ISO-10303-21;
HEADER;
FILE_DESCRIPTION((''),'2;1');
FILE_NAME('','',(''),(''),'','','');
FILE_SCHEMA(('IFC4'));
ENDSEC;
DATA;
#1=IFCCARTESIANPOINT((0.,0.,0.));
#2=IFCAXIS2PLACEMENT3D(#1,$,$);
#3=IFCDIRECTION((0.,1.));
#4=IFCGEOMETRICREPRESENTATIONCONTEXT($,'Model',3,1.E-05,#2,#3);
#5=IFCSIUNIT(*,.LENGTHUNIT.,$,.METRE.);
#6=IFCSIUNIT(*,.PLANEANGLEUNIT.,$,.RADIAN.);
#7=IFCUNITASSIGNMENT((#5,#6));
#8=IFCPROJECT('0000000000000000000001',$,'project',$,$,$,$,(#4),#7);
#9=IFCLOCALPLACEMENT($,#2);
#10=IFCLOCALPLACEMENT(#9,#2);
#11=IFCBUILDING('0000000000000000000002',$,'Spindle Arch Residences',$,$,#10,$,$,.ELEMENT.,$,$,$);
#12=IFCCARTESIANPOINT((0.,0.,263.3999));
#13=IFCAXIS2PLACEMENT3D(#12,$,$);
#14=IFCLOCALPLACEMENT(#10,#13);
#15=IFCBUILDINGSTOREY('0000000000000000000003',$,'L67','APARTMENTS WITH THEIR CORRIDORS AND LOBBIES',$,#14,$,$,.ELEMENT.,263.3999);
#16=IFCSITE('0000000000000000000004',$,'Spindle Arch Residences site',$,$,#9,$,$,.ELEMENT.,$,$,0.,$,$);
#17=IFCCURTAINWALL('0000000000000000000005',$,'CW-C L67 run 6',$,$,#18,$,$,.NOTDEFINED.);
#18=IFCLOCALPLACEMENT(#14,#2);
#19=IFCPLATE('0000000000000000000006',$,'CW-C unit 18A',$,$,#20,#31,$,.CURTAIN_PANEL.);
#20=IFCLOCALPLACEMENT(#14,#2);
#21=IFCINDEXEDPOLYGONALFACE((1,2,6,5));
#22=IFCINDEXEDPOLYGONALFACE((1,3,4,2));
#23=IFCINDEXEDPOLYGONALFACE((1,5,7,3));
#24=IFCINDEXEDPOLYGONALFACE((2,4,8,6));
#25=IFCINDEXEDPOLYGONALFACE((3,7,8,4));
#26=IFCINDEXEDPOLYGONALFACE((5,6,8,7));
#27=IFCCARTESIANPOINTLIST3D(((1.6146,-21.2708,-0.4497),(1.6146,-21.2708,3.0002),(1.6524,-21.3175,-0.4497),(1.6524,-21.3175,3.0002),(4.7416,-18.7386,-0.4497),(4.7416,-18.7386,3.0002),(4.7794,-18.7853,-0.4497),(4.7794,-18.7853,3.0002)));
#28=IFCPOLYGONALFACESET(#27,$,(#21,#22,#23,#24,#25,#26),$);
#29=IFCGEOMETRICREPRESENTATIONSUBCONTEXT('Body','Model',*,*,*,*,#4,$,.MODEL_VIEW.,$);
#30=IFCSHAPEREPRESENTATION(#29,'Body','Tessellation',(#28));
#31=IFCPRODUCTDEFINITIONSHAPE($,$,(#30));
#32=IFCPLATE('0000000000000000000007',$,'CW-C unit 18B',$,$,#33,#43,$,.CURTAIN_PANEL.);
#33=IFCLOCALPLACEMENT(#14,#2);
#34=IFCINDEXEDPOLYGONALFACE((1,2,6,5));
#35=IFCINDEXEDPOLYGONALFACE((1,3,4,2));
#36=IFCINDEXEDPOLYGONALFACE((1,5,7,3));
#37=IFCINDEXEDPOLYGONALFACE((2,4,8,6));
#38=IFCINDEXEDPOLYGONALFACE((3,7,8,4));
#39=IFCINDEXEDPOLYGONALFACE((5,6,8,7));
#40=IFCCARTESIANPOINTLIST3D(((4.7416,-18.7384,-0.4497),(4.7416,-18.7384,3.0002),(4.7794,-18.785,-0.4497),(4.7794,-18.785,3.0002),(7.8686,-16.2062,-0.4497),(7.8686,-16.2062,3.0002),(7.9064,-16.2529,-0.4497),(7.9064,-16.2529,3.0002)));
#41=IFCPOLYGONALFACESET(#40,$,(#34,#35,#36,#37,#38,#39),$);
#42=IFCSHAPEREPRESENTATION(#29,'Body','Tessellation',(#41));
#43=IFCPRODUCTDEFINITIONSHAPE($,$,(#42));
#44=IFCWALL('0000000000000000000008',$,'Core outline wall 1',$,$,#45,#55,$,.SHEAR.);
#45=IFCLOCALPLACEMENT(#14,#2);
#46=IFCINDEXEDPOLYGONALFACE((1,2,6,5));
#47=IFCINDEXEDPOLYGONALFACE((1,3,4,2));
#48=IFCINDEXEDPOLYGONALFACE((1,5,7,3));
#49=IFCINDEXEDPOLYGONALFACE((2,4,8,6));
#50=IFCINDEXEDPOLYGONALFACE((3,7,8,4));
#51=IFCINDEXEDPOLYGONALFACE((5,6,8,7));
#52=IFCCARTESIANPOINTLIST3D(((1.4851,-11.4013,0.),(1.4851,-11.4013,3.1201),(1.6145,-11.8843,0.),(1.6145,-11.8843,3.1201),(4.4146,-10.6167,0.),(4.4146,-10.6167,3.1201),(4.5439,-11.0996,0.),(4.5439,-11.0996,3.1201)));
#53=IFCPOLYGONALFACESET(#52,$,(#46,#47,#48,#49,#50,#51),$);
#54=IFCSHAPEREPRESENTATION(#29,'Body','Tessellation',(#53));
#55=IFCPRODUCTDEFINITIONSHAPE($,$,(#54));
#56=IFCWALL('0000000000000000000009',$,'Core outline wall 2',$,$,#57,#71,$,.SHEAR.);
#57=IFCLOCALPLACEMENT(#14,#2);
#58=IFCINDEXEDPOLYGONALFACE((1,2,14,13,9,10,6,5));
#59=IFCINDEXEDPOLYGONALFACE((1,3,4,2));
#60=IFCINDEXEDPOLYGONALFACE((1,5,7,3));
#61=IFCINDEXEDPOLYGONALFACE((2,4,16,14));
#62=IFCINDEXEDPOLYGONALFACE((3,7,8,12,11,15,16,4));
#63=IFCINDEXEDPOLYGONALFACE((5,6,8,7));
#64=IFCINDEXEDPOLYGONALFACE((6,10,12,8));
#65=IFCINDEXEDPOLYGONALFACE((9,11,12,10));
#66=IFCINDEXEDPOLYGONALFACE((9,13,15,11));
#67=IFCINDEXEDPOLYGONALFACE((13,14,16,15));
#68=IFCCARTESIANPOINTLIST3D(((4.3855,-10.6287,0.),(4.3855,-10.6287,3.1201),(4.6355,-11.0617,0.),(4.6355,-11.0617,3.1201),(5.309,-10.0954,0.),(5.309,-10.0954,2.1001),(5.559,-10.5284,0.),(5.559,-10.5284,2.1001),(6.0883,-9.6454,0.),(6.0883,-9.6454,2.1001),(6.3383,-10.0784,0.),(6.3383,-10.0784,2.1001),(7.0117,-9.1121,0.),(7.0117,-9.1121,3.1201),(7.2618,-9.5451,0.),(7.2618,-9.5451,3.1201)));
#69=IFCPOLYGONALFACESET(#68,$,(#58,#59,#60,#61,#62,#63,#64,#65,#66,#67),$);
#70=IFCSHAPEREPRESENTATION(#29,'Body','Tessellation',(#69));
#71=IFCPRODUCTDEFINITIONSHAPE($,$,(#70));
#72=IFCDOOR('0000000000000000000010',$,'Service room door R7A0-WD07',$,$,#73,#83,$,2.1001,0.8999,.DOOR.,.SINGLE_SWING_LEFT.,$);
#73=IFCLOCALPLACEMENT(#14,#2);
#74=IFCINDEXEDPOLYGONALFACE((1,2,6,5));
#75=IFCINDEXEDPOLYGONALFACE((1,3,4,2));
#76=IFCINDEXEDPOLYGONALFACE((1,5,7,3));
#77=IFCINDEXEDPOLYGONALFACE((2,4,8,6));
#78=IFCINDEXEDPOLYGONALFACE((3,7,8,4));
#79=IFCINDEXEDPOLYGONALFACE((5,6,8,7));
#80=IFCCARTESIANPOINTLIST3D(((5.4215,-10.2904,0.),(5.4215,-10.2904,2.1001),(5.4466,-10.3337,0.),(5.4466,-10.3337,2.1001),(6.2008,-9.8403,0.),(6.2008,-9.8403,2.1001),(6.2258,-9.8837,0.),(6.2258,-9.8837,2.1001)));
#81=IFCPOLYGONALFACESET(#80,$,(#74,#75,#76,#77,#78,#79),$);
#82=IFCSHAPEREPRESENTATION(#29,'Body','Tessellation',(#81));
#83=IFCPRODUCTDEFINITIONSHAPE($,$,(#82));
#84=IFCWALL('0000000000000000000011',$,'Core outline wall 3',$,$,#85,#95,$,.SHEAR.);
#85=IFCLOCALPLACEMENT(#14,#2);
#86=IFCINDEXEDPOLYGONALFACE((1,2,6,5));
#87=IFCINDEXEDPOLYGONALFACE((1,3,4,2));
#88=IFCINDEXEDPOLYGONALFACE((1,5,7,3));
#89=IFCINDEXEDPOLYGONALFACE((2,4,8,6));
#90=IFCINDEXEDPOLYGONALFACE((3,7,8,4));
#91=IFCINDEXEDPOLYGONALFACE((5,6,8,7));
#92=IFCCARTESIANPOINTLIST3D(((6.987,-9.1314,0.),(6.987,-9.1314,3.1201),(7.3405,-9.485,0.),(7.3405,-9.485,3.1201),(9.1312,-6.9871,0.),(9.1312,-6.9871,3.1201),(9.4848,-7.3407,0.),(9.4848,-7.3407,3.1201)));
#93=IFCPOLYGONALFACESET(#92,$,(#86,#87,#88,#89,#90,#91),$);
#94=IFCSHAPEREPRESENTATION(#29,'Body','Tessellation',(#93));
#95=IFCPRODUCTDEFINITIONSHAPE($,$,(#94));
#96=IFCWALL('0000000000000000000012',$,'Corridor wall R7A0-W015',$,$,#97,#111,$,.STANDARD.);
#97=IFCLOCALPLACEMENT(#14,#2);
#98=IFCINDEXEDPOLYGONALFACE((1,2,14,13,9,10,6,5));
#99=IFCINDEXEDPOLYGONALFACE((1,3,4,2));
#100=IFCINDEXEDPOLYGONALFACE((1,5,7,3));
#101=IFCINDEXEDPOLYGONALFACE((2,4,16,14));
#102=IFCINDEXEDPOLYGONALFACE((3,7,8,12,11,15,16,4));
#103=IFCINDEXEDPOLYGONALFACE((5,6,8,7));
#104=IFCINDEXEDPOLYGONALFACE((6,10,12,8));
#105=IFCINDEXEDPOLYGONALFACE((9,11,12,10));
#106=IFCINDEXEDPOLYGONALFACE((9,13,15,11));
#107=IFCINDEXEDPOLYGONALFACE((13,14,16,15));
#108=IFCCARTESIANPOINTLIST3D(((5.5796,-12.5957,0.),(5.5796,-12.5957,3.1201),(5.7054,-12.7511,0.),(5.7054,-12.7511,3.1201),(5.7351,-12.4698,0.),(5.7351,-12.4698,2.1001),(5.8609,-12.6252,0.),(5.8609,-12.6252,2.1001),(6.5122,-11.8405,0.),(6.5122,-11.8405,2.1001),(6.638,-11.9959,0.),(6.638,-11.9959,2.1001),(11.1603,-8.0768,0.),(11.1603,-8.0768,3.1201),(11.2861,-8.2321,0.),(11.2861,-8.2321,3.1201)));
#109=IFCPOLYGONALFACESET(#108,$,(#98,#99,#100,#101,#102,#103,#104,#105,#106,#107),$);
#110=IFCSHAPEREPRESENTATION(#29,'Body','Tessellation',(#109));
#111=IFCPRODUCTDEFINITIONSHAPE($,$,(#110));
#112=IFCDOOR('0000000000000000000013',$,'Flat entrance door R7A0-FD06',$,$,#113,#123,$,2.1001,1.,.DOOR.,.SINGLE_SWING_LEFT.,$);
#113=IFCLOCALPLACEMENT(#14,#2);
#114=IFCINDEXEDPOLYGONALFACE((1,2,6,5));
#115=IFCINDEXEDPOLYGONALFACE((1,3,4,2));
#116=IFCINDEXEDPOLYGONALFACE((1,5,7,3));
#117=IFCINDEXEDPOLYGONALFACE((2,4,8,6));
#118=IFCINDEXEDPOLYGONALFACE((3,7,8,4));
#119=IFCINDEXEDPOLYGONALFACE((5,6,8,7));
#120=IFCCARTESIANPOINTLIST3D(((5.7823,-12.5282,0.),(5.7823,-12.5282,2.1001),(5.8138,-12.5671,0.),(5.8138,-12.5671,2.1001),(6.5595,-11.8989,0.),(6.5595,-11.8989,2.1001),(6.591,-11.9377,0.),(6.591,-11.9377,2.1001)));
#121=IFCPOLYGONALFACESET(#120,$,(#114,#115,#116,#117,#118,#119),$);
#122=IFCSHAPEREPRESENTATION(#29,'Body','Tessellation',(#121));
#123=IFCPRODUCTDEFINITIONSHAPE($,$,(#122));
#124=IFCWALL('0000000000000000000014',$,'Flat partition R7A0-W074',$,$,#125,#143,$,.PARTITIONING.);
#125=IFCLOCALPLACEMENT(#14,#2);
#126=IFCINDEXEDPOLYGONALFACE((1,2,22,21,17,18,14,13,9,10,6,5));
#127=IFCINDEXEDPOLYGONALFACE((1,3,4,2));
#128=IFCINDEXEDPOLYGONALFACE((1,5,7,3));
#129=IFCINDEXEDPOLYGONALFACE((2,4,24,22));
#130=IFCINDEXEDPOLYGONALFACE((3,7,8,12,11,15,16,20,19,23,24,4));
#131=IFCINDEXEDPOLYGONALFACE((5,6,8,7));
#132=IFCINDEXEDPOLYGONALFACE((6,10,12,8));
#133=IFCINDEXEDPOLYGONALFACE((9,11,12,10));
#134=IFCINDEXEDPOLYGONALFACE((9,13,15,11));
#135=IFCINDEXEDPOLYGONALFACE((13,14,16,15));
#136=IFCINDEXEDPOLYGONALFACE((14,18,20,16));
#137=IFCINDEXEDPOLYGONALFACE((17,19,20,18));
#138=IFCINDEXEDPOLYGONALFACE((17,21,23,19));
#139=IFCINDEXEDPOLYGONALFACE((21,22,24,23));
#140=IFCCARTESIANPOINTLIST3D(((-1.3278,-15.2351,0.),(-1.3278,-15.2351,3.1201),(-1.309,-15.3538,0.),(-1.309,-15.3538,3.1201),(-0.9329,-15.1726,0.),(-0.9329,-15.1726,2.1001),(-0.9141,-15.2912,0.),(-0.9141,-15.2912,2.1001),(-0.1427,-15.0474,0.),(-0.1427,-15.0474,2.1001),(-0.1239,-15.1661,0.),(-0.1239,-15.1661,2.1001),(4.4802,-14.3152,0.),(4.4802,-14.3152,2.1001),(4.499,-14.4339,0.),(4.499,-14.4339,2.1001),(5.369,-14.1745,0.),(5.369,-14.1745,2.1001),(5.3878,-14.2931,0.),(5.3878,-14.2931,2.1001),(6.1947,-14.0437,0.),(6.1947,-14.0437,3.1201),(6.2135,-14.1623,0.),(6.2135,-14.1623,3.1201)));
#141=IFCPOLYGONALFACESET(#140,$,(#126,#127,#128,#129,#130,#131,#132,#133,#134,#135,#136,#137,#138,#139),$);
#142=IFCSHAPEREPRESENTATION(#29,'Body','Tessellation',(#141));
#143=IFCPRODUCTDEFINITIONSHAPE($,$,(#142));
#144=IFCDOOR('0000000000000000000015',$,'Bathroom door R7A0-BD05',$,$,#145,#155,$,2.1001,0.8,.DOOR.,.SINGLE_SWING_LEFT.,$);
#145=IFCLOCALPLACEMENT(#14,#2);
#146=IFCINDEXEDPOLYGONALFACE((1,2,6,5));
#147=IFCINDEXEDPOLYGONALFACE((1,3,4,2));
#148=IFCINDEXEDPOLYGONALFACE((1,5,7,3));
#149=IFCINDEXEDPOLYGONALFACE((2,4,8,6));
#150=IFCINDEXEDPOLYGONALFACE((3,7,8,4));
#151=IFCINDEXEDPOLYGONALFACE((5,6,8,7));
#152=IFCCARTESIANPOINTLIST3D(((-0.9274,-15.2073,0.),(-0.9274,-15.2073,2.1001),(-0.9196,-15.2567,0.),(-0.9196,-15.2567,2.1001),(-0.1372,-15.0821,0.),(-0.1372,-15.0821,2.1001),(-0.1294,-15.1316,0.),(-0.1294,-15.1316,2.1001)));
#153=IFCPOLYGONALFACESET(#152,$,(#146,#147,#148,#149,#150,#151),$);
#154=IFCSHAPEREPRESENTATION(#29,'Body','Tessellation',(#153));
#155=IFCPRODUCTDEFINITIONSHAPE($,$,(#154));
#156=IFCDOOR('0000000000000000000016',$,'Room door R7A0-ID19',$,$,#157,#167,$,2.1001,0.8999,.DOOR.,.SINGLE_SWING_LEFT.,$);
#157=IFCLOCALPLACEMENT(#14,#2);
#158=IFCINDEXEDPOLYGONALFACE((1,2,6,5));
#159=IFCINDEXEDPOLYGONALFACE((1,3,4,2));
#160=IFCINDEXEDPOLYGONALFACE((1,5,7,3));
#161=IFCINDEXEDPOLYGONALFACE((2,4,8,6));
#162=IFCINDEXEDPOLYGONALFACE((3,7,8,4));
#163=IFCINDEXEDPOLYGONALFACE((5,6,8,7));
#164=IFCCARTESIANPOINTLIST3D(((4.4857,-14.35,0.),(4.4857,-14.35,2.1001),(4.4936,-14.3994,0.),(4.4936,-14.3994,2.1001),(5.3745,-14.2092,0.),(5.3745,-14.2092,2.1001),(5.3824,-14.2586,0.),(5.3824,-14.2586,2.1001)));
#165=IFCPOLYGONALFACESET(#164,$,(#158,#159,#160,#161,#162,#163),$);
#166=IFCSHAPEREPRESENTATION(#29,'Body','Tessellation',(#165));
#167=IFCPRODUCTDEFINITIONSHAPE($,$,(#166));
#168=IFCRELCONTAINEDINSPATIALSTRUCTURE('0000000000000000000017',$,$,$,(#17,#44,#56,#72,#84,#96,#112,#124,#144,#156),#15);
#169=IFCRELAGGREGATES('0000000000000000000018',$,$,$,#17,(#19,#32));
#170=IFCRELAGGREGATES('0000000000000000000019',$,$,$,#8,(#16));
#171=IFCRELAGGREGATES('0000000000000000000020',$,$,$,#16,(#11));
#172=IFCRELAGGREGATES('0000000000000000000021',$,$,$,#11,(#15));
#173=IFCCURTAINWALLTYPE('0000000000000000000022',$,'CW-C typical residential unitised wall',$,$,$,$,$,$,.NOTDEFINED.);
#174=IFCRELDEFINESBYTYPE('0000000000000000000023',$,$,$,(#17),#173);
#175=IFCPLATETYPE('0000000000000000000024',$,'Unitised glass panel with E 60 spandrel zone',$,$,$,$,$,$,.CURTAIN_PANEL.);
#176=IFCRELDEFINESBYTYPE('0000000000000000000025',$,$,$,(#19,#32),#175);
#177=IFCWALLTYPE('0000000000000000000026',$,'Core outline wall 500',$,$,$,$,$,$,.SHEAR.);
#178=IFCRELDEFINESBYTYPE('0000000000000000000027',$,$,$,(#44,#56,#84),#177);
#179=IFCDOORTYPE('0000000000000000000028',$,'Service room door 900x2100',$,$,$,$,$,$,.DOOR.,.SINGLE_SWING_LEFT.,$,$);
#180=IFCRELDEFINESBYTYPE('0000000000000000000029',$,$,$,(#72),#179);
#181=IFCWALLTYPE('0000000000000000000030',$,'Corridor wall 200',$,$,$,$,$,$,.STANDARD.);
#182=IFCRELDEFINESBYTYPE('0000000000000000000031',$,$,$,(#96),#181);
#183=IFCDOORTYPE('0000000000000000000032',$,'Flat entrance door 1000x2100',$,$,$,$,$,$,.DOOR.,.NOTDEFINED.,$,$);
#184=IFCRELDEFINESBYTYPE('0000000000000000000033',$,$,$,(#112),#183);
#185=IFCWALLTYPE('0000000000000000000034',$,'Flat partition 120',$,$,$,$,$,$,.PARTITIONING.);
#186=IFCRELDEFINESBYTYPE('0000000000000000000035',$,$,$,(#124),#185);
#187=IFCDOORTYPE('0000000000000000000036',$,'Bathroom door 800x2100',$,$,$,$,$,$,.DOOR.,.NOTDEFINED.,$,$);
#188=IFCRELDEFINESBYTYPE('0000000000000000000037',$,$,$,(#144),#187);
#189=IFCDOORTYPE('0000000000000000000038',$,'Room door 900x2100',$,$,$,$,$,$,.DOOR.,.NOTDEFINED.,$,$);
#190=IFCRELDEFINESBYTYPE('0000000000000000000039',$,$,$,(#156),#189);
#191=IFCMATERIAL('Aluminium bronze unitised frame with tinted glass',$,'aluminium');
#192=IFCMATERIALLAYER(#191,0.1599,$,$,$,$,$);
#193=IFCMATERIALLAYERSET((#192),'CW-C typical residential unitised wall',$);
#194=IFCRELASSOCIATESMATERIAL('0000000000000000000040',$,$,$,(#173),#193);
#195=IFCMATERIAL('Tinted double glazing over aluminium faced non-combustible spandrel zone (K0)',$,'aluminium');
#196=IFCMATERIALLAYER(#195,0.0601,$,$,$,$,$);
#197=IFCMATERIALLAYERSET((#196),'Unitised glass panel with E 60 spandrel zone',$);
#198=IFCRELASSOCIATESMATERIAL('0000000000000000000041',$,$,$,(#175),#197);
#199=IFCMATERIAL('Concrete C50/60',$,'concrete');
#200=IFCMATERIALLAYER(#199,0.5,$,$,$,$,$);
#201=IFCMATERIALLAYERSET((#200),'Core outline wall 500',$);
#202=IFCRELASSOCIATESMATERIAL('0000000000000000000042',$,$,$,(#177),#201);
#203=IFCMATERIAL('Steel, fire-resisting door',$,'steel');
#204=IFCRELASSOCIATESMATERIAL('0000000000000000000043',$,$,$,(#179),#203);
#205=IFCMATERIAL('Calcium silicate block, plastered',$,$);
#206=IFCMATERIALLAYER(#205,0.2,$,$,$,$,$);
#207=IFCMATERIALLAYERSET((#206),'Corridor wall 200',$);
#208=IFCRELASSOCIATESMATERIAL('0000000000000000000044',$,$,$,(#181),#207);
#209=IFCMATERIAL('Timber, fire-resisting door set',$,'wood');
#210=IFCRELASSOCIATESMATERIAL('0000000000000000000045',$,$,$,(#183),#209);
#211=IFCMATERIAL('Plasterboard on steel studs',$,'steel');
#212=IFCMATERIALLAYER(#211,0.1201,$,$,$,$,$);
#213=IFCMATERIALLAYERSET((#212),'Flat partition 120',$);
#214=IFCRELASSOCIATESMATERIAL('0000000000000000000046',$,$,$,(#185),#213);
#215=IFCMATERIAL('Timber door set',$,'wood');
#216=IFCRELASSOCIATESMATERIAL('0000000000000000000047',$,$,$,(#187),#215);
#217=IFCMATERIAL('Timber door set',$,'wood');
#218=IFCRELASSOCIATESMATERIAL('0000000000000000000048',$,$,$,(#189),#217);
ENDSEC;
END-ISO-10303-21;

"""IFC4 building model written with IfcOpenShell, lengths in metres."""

from ifc_helpers import new_model, si_unit, direction, frame, frame_2d, origin, origin_2d, place, context, subcontext, project, spatial, rectangle, extrude, material, layer, layer_set, type_object, element, fill, aggregate, save


model = new_model("IFC4")

# Units and contexts
model_context = context("Model", 3, precision=1e-05, world=origin(), true_north=direction((0.0, 1.0)))
body_context = subcontext(model_context, "Body", "Model", "MODEL_VIEW")
ifc_project = project(units=[si_unit("LENGTHUNIT", "METRE"), si_unit("PLANEANGLEUNIT", "RADIAN")], contexts=[model_context])

# Site, building, storey
site_placement = place(None, origin())
site = spatial("IfcSite", under=ifc_project, at=site_placement, Name="Spindle Arch Residences site", CompositionType="ELEMENT", RefElevation=0.0)
building_placement = place(site_placement, origin())
building = spatial("IfcBuilding", under=site, at=building_placement, Name="Spindle Arch Residences", CompositionType="ELEMENT")
storey_placement = place(building_placement, frame((0.0, 0.0, 263.3999)))
storey = spatial("IfcBuildingStorey", under=building, at=storey_placement, Name="L67", Description="APARTMENTS WITH THEIR CORRIDORS AND LOBBIES", CompositionType="ELEMENT", Elevation=263.3999)

# Curtain wall
ifc_material_1 = material(Name="Aluminium bronze unitised frame with tinted glass", Category="aluminium")
ifc_layer_1 = layer(ifc_material_1, 0.1599)
ifc_layer_set_1 = layer_set([ifc_layer_1], Name="CW-C typical residential unitised wall")
curtain_wall_type_1 = type_object("IfcCurtainWallType", Name="CW-C typical residential unitised wall", PredefinedType="NOTDEFINED", material=ifc_layer_set_1)
curtain_wall_1_placement = place(storey_placement, origin())
curtain_wall_1 = element("IfcCurtainWall", 1, at=curtain_wall_1_placement, inside=storey, type_object=curtain_wall_type_1, Name="CW-C L67 run 6", PredefinedType="NOTDEFINED")

# Shared definitions
ifc_material_2 = material(Name="Tinted double glazing over aluminium faced non-combustible spandrel zone (K0)", Category="aluminium")
ifc_layer_2 = layer(ifc_material_2, 0.0601)
ifc_layer_set_2 = layer_set([ifc_layer_2], Name="Unitised glass panel with E 60 spandrel zone")
plate_type = type_object("IfcPlateType", Name="Unitised glass panel with E 60 spandrel zone", PredefinedType="CURTAIN_PANEL", material=ifc_layer_set_2)

# Plates
plate_1_placement = place(storey_placement, frame((3.197, -20.0281, -0.4497), z_axis=(0.0, 0.0, 1.0), x_axis=(0.777146, 0.62932, 0.0)))
plate_1 = element("IfcPlate", 2, at=plate_1_placement, type_object=plate_type, Name="CW-C unit 18A", PredefinedType="CURTAIN_PANEL", context=body_context, shape_type="SweptSolid", body=[
    extrude(rectangle(XDim=4.0237, YDim=0.0601, at=origin_2d()), origin(), (0.0, 0.0, 1.0), 3.45),
])
plate_2_placement = place(storey_placement, frame((6.324, -17.4956, -0.4497), z_axis=(0.0, 0.0, 1.0), x_axis=(0.777146, 0.62932, 0.0)))
plate_2 = element("IfcPlate", 3, at=plate_2_placement, type_object=plate_type, Name="CW-C unit 18B", PredefinedType="CURTAIN_PANEL", context=body_context, shape_type="SweptSolid", body=[
    extrude(rectangle(XDim=4.0237, YDim=0.0601, at=origin_2d()), origin(), (0.0, 0.0, 1.0), 3.45),
])
aggregate(curtain_wall_1, [plate_1, plate_2])

# Wall
ifc_material_3 = material(Name="Concrete C50/60", Category="concrete")
ifc_layer_3 = layer(ifc_material_3, 0.5)
ifc_layer_set_3 = layer_set([ifc_layer_3], Name="Core outline wall 500")
wall_type_1 = type_object("IfcWallType", Name="Core outline wall 500", PredefinedType="SHEAR", material=ifc_layer_set_3)
wall_1_placement = place(storey_placement, frame((1.5498, -11.6428, 0.0), z_axis=(0.0, 0.0, 1.0), x_axis=(0.965948, 0.258735, 0.0)))
element("IfcWall", 4, at=wall_1_placement, inside=storey, type_object=wall_type_1, Name="Core outline wall 1", PredefinedType="SHEAR", context=body_context, shape_type="SweptSolid", body=[
    extrude(rectangle(XDim=3.0327, YDim=0.5, at=frame_2d((1.5164, 0.0))), origin(), (0.0, 0.0, 1.0), 3.1201),
])

# Wall, opening, door
wall_2_placement = place(storey_placement, frame((4.5105, -10.8452, 0.0), z_axis=(0.0, 0.0, 1.0), x_axis=(0.865975, 0.500087, 0.0)))
wall_2 = element("IfcWall", 5, at=wall_2_placement, inside=storey, type_object=wall_type_1, Name="Core outline wall 2", PredefinedType="SHEAR", context=body_context, shape_type="SweptSolid", body=[
    extrude(rectangle(XDim=3.0327, YDim=0.5, at=frame_2d((1.5164, 0.0))), origin(), (0.0, 0.0, 1.0), 3.1201),
])
opening_1_placement = place(wall_2_placement, frame((1.0664, 0.0, 0.0)))
opening_1 = element("IfcOpeningElement", 6, at=opening_1_placement, cuts=wall_2, PredefinedType="OPENING", context=body_context, shape_type="SweptSolid", body=[
    extrude(rectangle(XDim=0.8999, YDim=2.1001, at=frame_2d((0.45, 1.05))), frame((0.0, 0.26, 0.0), z_axis=(0.0, -1.0, 0.0), x_axis=(1.0, 0.0, 0.0)), (0.0, 0.0, 1.0), 0.52),
])
ifc_material_4 = material(Name="Steel, fire-resisting door", Category="steel")
door_type_1 = type_object("IfcDoorType", Name="Service room door 900x2100", OperationType="SINGLE_SWING_LEFT", PredefinedType="DOOR", material=ifc_material_4)
door_1_placement = place(opening_1_placement, origin())
door_1 = element("IfcDoor", 7, at=door_1_placement, inside=storey, type_object=door_type_1, Name="Service room door R7A0-WD07", OperationType="SINGLE_SWING_LEFT", OverallHeight=2.1001, OverallWidth=0.8999, PredefinedType="DOOR", context=body_context, shape_type="SweptSolid", body=[
    extrude(rectangle(XDim=0.8999, YDim=2.1001, at=frame_2d((0.45, 1.05))), frame((0.0, 0.0249, 0.0), z_axis=(0.0, -1.0, 0.0), x_axis=(1.0, 0.0, 0.0)), (0.0, 0.0, 1.0), 0.05),
])
fill(opening_1, door_1)

# Wall
wall_3_placement = place(storey_placement, frame((7.1638, -9.3081, 0.0), z_axis=(0.0, 0.0, 1.0), x_axis=(0.707107, 0.707107, 0.0)))
element("IfcWall", 8, at=wall_3_placement, inside=storey, type_object=wall_type_1, Name="Core outline wall 3", PredefinedType="SHEAR", context=body_context, shape_type="SweptSolid", body=[
    extrude(rectangle(XDim=3.0325, YDim=0.5, at=frame_2d((1.5161, 0.0))), origin(), (0.0, 0.0, 1.0), 3.1201),
])

# Wall, opening, door
ifc_material_5 = material(Name="Calcium silicate block, plastered")
ifc_layer_4 = layer(ifc_material_5, 0.2)
ifc_layer_set_4 = layer_set([ifc_layer_4], Name="Corridor wall 200")
wall_type_2 = type_object("IfcWallType", Name="Corridor wall 200", PredefinedType="STANDARD", material=ifc_layer_set_4)
wall_4_placement = place(storey_placement, frame((5.6426, -12.6733, 0.0), z_axis=(0.0, 0.0, 1.0), x_axis=(0.77716, 0.629303, 0.0)))
wall_4 = element("IfcWall", 9, at=wall_4_placement, inside=storey, type_object=wall_type_2, Name="Corridor wall R7A0-W015", PredefinedType="STANDARD", context=body_context, shape_type="SweptSolid", body=[
    extrude(rectangle(XDim=7.1809, YDim=0.2, at=frame_2d((3.5903, 0.0))), origin(), (0.0, 0.0, 1.0), 3.1201),
])
opening_2_placement = place(wall_4_placement, frame((0.2, 0.0, 0.0)))
opening_2 = element("IfcOpeningElement", 10, at=opening_2_placement, cuts=wall_4, PredefinedType="OPENING", context=body_context, shape_type="SweptSolid", body=[
    extrude(rectangle(XDim=1.0, YDim=2.1001, at=frame_2d((0.5, 1.05))), frame((0.0, 0.1099, 0.0), z_axis=(0.0, -1.0, 0.0), x_axis=(1.0, 0.0, 0.0)), (0.0, 0.0, 1.0), 0.22),
])
ifc_material_6 = material(Name="Timber, fire-resisting door set", Category="wood")
door_type_2 = type_object("IfcDoorType", Name="Flat entrance door 1000x2100", OperationType="NOTDEFINED", PredefinedType="DOOR", material=ifc_material_6)
door_2_placement = place(opening_2_placement, origin())
door_2 = element("IfcDoor", 11, at=door_2_placement, inside=storey, type_object=door_type_2, Name="Flat entrance door R7A0-FD06", OperationType="SINGLE_SWING_LEFT", OverallHeight=2.1001, OverallWidth=1.0, PredefinedType="DOOR", context=body_context, shape_type="SweptSolid", body=[
    extrude(rectangle(XDim=1.0, YDim=2.1001, at=frame_2d((0.5, 1.05))), frame((0.0, 0.0249, 0.0), z_axis=(0.0, -1.0, 0.0), x_axis=(1.0, 0.0, 0.0)), (0.0, 0.0, 1.0), 0.05),
])
fill(opening_2, door_2)

# Wall, openings, doors
ifc_material_7 = material(Name="Plasterboard on steel studs", Category="steel")
ifc_layer_5 = layer(ifc_material_7, 0.1201)
ifc_layer_set_5 = layer_set([ifc_layer_5], Name="Flat partition 120")
wall_type_3 = type_object("IfcWallType", Name="Flat partition 120", PredefinedType="PARTITIONING", material=ifc_layer_set_5)
wall_5_placement = place(storey_placement, frame((-1.3184, -15.2944, 0.0), z_axis=(0.0, 0.0, 1.0), x_axis=(0.987689, 0.15643, 0.0)))
wall_5 = element("IfcWall", 12, at=wall_5_placement, inside=storey, type_object=wall_type_3, Name="Flat partition R7A0-W074", PredefinedType="PARTITIONING", context=body_context, shape_type="SweptSolid", body=[
    extrude(rectangle(XDim=7.6162, YDim=0.1201, at=frame_2d((3.8081, 0.0))), origin(), (0.0, 0.0, 1.0), 3.1201),
])
opening_3_placement = place(wall_5_placement, frame((0.3999, 0.0, 0.0)))
opening_3 = element("IfcOpeningElement", 13, at=opening_3_placement, cuts=wall_5, PredefinedType="OPENING", context=body_context, shape_type="SweptSolid", body=[
    extrude(rectangle(XDim=0.8, YDim=2.1001, at=frame_2d((0.3999, 1.05))), frame((0.0, 0.0701, 0.0), z_axis=(0.0, -1.0, 0.0), x_axis=(1.0, 0.0, 0.0)), (0.0, 0.0, 1.0), 0.1401),
])
opening_4_placement = place(wall_5_placement, frame((5.8804, 0.0, 0.0)))
opening_4 = element("IfcOpeningElement", 14, at=opening_4_placement, cuts=wall_5, PredefinedType="OPENING", context=body_context, shape_type="SweptSolid", body=[
    extrude(rectangle(XDim=0.8999, YDim=2.1001, at=frame_2d((0.45, 1.05))), frame((0.0, 0.0701, 0.0), z_axis=(0.0, -1.0, 0.0), x_axis=(1.0, 0.0, 0.0)), (0.0, 0.0, 1.0), 0.1401),
])
ifc_material_8 = material(Name="Timber door set", Category="wood")
door_type_3 = type_object("IfcDoorType", Name="Bathroom door 800x2100", OperationType="NOTDEFINED", PredefinedType="DOOR", material=ifc_material_8)
door_3_placement = place(opening_3_placement, origin())
door_3 = element("IfcDoor", 15, at=door_3_placement, inside=storey, type_object=door_type_3, Name="Bathroom door R7A0-BD05", OperationType="SINGLE_SWING_LEFT", OverallHeight=2.1001, OverallWidth=0.8, PredefinedType="DOOR", context=body_context, shape_type="SweptSolid", body=[
    extrude(rectangle(XDim=0.8, YDim=2.1001, at=frame_2d((0.3999, 1.05))), frame((0.0, 0.0249, 0.0), z_axis=(0.0, -1.0, 0.0), x_axis=(1.0, 0.0, 0.0)), (0.0, 0.0, 1.0), 0.05),
])
fill(opening_3, door_3)
ifc_material_9 = material(Name="Timber door set", Category="wood")
door_type_4 = type_object("IfcDoorType", Name="Room door 900x2100", OperationType="NOTDEFINED", PredefinedType="DOOR", material=ifc_material_9)
door_4_placement = place(opening_4_placement, origin())
door_4 = element("IfcDoor", 16, at=door_4_placement, inside=storey, type_object=door_type_4, Name="Room door R7A0-ID19", OperationType="SINGLE_SWING_LEFT", OverallHeight=2.1001, OverallWidth=0.8999, PredefinedType="DOOR", context=body_context, shape_type="SweptSolid", body=[
    extrude(rectangle(XDim=0.8999, YDim=2.1001, at=frame_2d((0.45, 1.05))), frame((0.0, 0.0249, 0.0), z_axis=(0.0, -1.0, 0.0), x_axis=(1.0, 0.0, 0.0)), (0.0, 0.0, 1.0), 0.05),
])
fill(opening_4, door_4)

save(model, "model.ifc")
